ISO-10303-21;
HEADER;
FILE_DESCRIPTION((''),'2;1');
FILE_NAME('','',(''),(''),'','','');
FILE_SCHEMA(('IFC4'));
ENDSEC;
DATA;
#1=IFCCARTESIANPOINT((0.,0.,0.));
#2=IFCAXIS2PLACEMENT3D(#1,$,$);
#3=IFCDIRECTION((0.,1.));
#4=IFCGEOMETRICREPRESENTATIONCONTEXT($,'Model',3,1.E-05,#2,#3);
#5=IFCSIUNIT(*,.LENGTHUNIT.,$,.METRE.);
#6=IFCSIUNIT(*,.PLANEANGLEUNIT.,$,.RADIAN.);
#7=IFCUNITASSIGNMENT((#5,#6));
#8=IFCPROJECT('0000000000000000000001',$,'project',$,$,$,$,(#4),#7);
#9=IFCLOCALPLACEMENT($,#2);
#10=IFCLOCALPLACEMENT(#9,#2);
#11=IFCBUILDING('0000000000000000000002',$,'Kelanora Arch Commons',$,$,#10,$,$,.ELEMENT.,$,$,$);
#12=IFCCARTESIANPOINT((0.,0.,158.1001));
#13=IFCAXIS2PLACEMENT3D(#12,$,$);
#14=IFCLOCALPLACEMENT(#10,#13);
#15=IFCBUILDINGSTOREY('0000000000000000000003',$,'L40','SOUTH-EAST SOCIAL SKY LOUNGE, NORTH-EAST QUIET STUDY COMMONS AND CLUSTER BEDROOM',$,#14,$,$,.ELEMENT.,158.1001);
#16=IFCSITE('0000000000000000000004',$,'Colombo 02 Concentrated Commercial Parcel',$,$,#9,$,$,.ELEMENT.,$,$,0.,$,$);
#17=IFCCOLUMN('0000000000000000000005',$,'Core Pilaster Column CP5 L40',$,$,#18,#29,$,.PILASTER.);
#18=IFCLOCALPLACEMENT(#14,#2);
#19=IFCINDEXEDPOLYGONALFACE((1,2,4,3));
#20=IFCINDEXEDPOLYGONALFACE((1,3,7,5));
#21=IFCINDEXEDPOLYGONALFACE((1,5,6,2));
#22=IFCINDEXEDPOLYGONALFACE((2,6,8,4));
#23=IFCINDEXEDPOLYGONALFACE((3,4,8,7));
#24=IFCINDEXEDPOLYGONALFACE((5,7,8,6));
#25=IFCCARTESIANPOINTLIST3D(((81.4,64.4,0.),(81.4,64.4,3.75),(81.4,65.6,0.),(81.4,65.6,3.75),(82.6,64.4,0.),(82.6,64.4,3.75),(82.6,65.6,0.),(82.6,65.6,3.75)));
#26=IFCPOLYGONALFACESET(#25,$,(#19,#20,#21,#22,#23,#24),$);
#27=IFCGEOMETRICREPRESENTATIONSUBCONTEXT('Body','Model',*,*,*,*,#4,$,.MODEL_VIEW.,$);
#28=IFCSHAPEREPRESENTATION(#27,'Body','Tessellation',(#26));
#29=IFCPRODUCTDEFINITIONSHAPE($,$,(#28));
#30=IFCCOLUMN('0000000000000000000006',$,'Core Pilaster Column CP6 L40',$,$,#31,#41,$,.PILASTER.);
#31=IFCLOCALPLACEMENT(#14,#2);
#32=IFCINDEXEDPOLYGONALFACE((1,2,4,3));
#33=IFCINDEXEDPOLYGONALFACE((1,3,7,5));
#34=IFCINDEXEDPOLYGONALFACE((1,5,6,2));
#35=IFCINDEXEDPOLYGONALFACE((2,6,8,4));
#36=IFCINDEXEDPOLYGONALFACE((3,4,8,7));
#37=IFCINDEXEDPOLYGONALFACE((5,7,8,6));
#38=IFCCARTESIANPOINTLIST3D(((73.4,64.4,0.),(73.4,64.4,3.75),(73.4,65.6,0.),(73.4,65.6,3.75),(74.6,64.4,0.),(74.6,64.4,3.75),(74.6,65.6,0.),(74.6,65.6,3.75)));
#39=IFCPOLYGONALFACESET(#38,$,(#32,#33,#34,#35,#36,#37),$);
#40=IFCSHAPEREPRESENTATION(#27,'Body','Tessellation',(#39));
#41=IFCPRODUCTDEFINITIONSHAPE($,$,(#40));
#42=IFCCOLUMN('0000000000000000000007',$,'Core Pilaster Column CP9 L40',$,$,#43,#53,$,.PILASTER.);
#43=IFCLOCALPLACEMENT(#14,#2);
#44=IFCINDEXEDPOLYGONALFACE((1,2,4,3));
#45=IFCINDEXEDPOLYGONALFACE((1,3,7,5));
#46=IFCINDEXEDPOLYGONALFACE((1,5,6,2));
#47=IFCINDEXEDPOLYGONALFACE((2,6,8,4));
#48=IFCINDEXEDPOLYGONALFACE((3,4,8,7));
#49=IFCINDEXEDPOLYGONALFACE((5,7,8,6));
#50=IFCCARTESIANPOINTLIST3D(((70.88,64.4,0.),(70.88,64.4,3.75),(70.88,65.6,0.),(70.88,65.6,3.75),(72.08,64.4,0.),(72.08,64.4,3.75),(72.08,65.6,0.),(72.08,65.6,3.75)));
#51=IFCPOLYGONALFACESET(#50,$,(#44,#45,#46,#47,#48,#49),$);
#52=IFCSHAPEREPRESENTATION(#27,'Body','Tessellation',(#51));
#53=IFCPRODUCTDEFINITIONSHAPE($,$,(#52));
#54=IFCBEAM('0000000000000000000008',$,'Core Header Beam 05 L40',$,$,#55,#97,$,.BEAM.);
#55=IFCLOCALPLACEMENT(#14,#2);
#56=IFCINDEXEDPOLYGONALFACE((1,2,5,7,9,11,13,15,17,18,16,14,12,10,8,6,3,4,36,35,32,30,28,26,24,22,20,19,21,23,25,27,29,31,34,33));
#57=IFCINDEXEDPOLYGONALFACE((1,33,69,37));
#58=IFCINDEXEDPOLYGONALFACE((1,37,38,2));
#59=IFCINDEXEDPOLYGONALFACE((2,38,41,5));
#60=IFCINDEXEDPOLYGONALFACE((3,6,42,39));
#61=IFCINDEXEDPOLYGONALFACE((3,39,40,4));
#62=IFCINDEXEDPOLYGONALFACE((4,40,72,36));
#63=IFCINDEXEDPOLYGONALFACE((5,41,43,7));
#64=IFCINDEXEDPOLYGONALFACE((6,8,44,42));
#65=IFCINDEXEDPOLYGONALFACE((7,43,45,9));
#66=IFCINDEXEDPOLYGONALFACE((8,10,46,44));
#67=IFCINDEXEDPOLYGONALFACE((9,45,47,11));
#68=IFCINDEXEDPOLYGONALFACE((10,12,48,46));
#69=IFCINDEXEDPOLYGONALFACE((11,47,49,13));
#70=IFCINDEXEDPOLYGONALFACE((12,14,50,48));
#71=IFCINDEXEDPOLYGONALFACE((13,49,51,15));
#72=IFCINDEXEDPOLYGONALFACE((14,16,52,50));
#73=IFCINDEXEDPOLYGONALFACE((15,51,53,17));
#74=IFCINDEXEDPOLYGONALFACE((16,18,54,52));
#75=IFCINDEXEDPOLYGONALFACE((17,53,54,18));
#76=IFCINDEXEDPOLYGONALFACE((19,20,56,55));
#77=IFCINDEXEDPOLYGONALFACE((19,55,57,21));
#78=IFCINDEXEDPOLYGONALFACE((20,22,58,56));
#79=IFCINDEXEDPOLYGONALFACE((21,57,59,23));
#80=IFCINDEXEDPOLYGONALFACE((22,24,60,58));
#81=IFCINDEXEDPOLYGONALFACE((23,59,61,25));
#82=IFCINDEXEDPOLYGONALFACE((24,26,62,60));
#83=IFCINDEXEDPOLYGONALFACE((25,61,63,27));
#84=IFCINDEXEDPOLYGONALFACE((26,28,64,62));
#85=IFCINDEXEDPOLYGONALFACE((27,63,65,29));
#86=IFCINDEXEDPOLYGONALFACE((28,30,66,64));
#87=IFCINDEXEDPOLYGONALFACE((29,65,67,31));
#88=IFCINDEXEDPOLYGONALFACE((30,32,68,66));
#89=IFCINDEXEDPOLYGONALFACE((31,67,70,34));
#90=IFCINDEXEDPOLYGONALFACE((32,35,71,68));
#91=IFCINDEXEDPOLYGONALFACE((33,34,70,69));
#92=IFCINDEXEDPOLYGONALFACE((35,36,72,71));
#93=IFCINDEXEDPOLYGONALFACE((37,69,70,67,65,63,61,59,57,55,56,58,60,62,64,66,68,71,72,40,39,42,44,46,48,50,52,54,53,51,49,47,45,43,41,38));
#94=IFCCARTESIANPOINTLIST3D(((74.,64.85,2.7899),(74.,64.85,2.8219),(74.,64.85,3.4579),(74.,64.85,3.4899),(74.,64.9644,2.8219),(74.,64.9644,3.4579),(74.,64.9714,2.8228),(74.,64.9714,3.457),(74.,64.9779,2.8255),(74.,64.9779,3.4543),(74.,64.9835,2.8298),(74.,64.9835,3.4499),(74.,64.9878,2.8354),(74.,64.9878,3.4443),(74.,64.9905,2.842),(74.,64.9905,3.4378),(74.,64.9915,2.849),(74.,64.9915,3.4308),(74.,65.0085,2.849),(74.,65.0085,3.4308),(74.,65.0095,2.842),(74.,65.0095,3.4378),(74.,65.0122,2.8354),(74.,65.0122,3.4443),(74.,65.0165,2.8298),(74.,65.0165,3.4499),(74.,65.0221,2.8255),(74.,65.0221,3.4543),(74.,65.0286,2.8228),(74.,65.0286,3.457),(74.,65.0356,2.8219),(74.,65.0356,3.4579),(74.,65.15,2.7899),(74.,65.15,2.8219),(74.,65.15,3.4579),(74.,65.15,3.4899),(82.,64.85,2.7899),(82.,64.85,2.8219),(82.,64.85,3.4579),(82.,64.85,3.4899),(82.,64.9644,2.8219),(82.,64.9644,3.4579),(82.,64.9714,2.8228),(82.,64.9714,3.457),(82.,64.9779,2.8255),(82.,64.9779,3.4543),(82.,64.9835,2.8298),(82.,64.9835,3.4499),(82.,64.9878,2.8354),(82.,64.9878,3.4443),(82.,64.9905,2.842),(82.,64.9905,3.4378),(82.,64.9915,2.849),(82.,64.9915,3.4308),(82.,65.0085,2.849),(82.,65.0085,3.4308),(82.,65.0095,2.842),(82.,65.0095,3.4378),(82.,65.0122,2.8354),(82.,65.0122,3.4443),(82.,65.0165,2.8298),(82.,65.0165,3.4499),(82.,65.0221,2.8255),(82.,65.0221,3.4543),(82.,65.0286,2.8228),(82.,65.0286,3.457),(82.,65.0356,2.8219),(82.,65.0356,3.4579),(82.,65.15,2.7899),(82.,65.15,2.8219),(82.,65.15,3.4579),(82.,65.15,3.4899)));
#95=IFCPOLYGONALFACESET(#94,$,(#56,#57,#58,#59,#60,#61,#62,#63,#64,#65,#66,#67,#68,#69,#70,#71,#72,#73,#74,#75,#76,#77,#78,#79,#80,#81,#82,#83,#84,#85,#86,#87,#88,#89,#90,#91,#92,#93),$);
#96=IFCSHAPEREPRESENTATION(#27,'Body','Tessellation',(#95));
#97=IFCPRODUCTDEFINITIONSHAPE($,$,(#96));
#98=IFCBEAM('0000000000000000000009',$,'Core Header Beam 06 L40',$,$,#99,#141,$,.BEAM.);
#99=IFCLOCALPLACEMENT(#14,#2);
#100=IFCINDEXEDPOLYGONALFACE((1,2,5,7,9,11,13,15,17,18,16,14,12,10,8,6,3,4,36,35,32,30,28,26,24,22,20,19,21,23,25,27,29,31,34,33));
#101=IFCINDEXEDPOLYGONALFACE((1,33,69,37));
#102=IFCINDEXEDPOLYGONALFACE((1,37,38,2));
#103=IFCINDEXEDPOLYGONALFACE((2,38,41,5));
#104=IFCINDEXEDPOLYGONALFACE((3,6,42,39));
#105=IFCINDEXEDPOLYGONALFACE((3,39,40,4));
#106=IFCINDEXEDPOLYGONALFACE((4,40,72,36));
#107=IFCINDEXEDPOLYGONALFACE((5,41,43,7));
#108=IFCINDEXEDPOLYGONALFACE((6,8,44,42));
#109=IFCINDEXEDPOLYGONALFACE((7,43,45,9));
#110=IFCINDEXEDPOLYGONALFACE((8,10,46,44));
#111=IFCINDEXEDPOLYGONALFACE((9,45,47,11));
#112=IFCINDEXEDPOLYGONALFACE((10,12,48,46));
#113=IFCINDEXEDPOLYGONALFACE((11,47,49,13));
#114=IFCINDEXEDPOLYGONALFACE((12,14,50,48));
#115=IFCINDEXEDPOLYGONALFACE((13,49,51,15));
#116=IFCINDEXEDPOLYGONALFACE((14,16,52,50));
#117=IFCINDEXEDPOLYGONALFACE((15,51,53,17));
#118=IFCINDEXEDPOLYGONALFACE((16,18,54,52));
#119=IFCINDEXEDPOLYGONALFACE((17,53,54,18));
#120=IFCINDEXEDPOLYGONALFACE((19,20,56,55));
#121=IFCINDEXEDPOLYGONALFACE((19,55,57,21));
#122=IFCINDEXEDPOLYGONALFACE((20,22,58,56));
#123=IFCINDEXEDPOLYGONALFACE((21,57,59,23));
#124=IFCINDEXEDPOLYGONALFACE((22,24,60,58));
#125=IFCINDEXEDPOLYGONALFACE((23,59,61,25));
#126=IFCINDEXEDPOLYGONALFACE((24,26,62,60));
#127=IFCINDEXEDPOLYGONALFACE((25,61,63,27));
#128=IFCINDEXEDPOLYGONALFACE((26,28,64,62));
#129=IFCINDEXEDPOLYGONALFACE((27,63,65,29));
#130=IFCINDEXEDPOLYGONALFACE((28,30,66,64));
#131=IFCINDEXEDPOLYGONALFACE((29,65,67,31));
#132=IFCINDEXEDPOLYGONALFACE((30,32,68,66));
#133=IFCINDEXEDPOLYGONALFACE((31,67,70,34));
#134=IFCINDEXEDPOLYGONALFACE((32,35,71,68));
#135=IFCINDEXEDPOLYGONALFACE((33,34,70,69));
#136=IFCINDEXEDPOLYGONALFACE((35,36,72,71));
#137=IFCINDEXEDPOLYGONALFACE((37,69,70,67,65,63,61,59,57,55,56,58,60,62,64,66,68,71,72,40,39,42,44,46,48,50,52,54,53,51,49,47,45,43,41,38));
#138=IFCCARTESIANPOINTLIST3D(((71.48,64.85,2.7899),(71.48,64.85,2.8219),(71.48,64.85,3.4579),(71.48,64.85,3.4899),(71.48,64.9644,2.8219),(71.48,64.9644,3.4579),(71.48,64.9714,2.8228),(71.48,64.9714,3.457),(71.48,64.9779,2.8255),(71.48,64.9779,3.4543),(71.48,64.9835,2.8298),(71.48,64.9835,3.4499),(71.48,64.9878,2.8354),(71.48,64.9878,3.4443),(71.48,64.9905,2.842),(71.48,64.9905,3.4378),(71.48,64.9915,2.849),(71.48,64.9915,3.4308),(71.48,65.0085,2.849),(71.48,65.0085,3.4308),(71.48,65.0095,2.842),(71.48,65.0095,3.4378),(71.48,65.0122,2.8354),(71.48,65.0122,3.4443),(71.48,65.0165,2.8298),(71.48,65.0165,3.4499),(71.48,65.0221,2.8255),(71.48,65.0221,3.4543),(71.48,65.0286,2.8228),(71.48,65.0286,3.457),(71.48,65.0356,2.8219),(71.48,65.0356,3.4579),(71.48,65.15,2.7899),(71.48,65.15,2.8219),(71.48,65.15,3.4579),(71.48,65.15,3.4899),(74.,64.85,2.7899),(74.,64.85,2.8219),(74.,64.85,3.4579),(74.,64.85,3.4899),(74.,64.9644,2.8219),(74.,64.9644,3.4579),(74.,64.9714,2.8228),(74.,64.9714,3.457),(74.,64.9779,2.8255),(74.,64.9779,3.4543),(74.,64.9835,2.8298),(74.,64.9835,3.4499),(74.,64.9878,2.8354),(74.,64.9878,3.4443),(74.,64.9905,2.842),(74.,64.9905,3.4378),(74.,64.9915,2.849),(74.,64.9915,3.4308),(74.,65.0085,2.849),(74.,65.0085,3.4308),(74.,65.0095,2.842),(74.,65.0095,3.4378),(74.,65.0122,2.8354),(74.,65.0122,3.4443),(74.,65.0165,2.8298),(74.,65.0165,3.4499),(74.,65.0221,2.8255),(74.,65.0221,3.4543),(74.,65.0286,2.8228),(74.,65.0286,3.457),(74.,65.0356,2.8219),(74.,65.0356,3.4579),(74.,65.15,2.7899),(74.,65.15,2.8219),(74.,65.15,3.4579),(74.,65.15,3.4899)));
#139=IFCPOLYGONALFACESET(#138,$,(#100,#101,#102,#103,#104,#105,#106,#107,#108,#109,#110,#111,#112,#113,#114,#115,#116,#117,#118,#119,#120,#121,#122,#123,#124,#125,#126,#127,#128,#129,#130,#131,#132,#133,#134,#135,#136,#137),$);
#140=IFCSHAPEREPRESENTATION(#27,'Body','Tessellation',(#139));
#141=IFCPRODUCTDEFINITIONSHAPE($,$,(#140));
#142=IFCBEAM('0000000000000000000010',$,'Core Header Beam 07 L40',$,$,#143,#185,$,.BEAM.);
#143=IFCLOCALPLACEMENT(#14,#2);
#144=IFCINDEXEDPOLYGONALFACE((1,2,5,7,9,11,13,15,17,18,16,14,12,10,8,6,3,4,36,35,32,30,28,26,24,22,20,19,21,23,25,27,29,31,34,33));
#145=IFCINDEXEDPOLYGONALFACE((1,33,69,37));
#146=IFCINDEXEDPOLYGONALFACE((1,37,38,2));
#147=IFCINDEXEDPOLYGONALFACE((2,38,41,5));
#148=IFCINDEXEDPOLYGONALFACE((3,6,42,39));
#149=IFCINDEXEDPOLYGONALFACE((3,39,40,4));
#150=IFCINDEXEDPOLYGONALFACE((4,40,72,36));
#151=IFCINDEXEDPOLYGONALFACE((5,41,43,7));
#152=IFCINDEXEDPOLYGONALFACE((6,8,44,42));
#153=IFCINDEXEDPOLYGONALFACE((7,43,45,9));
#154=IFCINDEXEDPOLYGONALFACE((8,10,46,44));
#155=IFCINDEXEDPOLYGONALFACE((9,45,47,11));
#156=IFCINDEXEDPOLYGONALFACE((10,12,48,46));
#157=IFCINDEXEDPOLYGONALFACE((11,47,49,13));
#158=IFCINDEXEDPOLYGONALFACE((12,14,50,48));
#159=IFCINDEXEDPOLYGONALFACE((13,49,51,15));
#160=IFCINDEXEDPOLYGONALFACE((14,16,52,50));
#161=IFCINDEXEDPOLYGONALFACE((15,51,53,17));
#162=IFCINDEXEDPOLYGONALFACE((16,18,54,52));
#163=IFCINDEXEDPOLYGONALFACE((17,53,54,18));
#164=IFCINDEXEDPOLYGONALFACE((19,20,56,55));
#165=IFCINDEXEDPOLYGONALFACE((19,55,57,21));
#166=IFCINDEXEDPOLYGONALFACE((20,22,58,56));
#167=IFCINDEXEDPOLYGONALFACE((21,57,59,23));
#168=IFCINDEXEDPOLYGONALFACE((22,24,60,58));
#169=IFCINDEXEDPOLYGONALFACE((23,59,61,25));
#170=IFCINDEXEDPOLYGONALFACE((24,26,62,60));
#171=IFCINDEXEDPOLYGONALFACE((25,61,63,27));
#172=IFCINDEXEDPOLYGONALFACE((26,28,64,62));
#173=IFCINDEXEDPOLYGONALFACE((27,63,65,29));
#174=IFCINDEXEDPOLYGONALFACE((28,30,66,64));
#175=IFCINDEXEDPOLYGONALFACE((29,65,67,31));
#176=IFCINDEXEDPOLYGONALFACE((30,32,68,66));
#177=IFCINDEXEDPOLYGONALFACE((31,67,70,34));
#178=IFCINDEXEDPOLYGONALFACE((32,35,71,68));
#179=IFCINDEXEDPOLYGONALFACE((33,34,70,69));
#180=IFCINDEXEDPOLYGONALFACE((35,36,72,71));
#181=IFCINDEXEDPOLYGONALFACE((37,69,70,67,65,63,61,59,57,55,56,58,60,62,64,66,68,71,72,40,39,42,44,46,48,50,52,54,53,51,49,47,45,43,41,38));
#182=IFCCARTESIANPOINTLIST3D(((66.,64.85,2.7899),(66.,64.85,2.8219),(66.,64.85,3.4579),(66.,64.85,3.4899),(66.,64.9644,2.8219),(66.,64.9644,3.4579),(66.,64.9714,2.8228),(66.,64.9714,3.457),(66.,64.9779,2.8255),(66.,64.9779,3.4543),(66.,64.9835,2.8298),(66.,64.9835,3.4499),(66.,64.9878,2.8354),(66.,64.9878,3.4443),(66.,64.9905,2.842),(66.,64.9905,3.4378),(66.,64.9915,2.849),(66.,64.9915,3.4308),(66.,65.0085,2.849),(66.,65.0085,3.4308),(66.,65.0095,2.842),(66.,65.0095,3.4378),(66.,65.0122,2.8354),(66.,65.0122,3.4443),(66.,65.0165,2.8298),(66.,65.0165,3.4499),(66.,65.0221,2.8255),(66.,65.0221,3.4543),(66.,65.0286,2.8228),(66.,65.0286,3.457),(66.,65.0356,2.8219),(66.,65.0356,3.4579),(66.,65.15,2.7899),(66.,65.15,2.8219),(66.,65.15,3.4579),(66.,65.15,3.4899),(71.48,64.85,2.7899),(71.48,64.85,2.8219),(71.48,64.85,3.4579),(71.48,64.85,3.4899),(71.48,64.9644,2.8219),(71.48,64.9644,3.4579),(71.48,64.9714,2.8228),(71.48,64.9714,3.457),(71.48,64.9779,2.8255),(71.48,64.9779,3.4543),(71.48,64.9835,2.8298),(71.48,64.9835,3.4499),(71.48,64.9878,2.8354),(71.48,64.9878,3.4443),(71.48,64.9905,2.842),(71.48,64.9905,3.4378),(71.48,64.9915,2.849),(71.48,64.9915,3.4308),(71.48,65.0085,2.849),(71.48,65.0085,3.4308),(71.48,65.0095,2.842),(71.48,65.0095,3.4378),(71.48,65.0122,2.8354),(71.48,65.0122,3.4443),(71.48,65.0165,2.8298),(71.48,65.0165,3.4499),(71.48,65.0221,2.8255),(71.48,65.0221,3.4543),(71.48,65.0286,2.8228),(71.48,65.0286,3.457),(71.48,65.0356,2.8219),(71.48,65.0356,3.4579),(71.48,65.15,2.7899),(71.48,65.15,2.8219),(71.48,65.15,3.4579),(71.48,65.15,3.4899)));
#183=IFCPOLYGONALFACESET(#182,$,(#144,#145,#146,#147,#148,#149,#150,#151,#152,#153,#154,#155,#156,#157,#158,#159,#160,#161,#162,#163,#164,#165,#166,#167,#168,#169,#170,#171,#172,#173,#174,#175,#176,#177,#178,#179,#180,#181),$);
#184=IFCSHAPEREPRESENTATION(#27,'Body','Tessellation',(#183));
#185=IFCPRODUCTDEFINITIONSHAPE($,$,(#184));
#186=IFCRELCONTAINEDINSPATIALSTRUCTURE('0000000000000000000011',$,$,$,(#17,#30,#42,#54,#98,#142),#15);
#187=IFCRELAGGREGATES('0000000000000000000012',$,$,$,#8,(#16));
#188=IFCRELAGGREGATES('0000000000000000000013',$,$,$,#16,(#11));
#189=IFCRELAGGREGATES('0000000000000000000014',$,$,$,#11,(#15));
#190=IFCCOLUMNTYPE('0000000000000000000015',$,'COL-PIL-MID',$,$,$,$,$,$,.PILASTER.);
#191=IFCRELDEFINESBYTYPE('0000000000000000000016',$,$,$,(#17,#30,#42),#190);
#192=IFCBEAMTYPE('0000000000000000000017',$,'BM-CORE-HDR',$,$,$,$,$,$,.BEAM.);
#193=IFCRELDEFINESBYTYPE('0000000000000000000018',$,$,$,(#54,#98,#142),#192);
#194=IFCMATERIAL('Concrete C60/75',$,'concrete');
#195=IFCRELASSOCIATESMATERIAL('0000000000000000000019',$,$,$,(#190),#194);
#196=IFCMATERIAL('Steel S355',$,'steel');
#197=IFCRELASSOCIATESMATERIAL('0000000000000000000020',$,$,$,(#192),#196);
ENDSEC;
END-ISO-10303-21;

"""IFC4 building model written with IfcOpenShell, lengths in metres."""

from ifc_helpers import new_model, si_unit, direction, frame, origin, origin_2d, place, context, subcontext, project, spatial, rectangle, i_section, extrude, material, material_profile, profile_set, type_object, element, save


model = new_model("IFC4")

# Units and contexts
model_context = context("Model", 3, precision=1e-05, world=origin(), true_north=direction((0.0, 1.0)))
body_context = subcontext(model_context, "Body", "Model", "MODEL_VIEW")
ifc_project = project(units=[si_unit("LENGTHUNIT", "METRE"), si_unit("PLANEANGLEUNIT", "RADIAN")], contexts=[model_context])

# Site, building, storey
site_placement = place(None, origin())
site = spatial("IfcSite", under=ifc_project, at=site_placement, Name="Colombo 02 Concentrated Commercial Parcel", CompositionType="ELEMENT", RefElevation=0.0)
building_placement = place(site_placement, origin())
building = spatial("IfcBuilding", under=site, at=building_placement, Name="Kelanora Arch Commons", CompositionType="ELEMENT")
storey_placement = place(building_placement, frame((0.0, 0.0, 158.1001)))
storey = spatial("IfcBuildingStorey", under=building, at=storey_placement, Name="L40", Description="SOUTH-EAST SOCIAL SKY LOUNGE, NORTH-EAST QUIET STUDY COMMONS AND CLUSTER BEDROOM", CompositionType="ELEMENT", Elevation=158.1001)

# Columns
ifc_material_1 = material(Name="Concrete C60/75", Category="concrete")
ifc_material_profile_1 = material_profile(ifc_material_1, rectangle(XDim=1.2, YDim=1.2, at=origin_2d()), Name="RC1200x1200")
ifc_profile_set_1 = profile_set([ifc_material_profile_1], Name="Concrete C60/75")
column_type = type_object("IfcColumnType", Name="COL-PIL-MID", PredefinedType="PILASTER", material=ifc_profile_set_1)
for number, where, z_axis, x_axis, name in (
    (1, (82.0, 65.0, 0.0), (0.0, 0.0, 1.0), (1.0, 0.0, 0.0), "Core Pilaster Column CP5 L40"),
    (2, (74.0, 65.0, 0.0), (0.0, 0.0, 1.0), (1.0, 0.0, 0.0), "Core Pilaster Column CP6 L40"),
    (3, (71.48, 65.0, 0.0), (0.0, 0.0, 1.0), (1.0, 0.0, 0.0), "Core Pilaster Column CP9 L40"),
):
    element("IfcColumn", number, at=place(storey_placement, frame(where, z_axis=z_axis, x_axis=x_axis)), inside=storey, type_object=column_type, Name=name, PredefinedType="PILASTER", context=body_context, shape_type="SweptSolid", body=[
        extrude(rectangle(XDim=1.2, YDim=1.2, at=origin_2d()), origin(), (0.0, 0.0, 1.0), 3.75),
    ])

# Beams
ifc_material_2 = material(Name="Steel S355", Category="steel")
ifc_material_profile_2 = material_profile(ifc_material_2, i_section(OverallWidth=0.3, OverallDepth=0.7, WebThickness=0.0171, FlangeThickness=0.032, FilletRadius=0.0271, at=origin_2d()), Name="HEB700")
ifc_profile_set_2 = profile_set([ifc_material_profile_2], Name="Steel S355")
beam_type_1 = type_object("IfcBeamType", Name="BM-CORE-HDR", PredefinedType="BEAM", material=ifc_profile_set_2)
beam_1_placement = place(storey_placement, frame((82.0, 65.0, 3.1399), z_axis=(-1.0, 0.0, 0.0), x_axis=(0.0, -1.0, 0.0)))
element("IfcBeam", 4, at=beam_1_placement, inside=storey, type_object=beam_type_1, Name="Core Header Beam 05 L40", PredefinedType="BEAM", context=body_context, shape_type="SweptSolid", body=[
    extrude(i_section(OverallWidth=0.3, OverallDepth=0.7, WebThickness=0.0171, FlangeThickness=0.032, FilletRadius=0.0271, at=origin_2d()), origin(), (0.0, 0.0, 1.0), 8.0),
])
beam_2_placement = place(storey_placement, frame((74.0, 65.0, 3.1399), z_axis=(-1.0, 0.0, 0.0), x_axis=(0.0, -1.0, 0.0)))
element("IfcBeam", 5, at=beam_2_placement, inside=storey, type_object=beam_type_1, Name="Core Header Beam 06 L40", PredefinedType="BEAM", context=body_context, shape_type="SweptSolid", body=[
    extrude(i_section(OverallWidth=0.3, OverallDepth=0.7, WebThickness=0.0171, FlangeThickness=0.032, FilletRadius=0.0271, at=origin_2d()), origin(), (0.0, 0.0, 1.0), 2.52),
])
beam_3_placement = place(storey_placement, frame((71.48, 65.0, 3.1399), z_axis=(-1.0, 0.0, 0.0), x_axis=(0.0, -1.0, 0.0)))
element("IfcBeam", 6, at=beam_3_placement, inside=storey, type_object=beam_type_1, Name="Core Header Beam 07 L40", PredefinedType="BEAM", context=body_context, shape_type="SweptSolid", body=[
    extrude(i_section(OverallWidth=0.3, OverallDepth=0.7, WebThickness=0.0171, FlangeThickness=0.032, FilletRadius=0.0271, at=origin_2d()), origin(), (0.0, 0.0, 1.0), 5.48),
])

save(model, "model.ifc")
